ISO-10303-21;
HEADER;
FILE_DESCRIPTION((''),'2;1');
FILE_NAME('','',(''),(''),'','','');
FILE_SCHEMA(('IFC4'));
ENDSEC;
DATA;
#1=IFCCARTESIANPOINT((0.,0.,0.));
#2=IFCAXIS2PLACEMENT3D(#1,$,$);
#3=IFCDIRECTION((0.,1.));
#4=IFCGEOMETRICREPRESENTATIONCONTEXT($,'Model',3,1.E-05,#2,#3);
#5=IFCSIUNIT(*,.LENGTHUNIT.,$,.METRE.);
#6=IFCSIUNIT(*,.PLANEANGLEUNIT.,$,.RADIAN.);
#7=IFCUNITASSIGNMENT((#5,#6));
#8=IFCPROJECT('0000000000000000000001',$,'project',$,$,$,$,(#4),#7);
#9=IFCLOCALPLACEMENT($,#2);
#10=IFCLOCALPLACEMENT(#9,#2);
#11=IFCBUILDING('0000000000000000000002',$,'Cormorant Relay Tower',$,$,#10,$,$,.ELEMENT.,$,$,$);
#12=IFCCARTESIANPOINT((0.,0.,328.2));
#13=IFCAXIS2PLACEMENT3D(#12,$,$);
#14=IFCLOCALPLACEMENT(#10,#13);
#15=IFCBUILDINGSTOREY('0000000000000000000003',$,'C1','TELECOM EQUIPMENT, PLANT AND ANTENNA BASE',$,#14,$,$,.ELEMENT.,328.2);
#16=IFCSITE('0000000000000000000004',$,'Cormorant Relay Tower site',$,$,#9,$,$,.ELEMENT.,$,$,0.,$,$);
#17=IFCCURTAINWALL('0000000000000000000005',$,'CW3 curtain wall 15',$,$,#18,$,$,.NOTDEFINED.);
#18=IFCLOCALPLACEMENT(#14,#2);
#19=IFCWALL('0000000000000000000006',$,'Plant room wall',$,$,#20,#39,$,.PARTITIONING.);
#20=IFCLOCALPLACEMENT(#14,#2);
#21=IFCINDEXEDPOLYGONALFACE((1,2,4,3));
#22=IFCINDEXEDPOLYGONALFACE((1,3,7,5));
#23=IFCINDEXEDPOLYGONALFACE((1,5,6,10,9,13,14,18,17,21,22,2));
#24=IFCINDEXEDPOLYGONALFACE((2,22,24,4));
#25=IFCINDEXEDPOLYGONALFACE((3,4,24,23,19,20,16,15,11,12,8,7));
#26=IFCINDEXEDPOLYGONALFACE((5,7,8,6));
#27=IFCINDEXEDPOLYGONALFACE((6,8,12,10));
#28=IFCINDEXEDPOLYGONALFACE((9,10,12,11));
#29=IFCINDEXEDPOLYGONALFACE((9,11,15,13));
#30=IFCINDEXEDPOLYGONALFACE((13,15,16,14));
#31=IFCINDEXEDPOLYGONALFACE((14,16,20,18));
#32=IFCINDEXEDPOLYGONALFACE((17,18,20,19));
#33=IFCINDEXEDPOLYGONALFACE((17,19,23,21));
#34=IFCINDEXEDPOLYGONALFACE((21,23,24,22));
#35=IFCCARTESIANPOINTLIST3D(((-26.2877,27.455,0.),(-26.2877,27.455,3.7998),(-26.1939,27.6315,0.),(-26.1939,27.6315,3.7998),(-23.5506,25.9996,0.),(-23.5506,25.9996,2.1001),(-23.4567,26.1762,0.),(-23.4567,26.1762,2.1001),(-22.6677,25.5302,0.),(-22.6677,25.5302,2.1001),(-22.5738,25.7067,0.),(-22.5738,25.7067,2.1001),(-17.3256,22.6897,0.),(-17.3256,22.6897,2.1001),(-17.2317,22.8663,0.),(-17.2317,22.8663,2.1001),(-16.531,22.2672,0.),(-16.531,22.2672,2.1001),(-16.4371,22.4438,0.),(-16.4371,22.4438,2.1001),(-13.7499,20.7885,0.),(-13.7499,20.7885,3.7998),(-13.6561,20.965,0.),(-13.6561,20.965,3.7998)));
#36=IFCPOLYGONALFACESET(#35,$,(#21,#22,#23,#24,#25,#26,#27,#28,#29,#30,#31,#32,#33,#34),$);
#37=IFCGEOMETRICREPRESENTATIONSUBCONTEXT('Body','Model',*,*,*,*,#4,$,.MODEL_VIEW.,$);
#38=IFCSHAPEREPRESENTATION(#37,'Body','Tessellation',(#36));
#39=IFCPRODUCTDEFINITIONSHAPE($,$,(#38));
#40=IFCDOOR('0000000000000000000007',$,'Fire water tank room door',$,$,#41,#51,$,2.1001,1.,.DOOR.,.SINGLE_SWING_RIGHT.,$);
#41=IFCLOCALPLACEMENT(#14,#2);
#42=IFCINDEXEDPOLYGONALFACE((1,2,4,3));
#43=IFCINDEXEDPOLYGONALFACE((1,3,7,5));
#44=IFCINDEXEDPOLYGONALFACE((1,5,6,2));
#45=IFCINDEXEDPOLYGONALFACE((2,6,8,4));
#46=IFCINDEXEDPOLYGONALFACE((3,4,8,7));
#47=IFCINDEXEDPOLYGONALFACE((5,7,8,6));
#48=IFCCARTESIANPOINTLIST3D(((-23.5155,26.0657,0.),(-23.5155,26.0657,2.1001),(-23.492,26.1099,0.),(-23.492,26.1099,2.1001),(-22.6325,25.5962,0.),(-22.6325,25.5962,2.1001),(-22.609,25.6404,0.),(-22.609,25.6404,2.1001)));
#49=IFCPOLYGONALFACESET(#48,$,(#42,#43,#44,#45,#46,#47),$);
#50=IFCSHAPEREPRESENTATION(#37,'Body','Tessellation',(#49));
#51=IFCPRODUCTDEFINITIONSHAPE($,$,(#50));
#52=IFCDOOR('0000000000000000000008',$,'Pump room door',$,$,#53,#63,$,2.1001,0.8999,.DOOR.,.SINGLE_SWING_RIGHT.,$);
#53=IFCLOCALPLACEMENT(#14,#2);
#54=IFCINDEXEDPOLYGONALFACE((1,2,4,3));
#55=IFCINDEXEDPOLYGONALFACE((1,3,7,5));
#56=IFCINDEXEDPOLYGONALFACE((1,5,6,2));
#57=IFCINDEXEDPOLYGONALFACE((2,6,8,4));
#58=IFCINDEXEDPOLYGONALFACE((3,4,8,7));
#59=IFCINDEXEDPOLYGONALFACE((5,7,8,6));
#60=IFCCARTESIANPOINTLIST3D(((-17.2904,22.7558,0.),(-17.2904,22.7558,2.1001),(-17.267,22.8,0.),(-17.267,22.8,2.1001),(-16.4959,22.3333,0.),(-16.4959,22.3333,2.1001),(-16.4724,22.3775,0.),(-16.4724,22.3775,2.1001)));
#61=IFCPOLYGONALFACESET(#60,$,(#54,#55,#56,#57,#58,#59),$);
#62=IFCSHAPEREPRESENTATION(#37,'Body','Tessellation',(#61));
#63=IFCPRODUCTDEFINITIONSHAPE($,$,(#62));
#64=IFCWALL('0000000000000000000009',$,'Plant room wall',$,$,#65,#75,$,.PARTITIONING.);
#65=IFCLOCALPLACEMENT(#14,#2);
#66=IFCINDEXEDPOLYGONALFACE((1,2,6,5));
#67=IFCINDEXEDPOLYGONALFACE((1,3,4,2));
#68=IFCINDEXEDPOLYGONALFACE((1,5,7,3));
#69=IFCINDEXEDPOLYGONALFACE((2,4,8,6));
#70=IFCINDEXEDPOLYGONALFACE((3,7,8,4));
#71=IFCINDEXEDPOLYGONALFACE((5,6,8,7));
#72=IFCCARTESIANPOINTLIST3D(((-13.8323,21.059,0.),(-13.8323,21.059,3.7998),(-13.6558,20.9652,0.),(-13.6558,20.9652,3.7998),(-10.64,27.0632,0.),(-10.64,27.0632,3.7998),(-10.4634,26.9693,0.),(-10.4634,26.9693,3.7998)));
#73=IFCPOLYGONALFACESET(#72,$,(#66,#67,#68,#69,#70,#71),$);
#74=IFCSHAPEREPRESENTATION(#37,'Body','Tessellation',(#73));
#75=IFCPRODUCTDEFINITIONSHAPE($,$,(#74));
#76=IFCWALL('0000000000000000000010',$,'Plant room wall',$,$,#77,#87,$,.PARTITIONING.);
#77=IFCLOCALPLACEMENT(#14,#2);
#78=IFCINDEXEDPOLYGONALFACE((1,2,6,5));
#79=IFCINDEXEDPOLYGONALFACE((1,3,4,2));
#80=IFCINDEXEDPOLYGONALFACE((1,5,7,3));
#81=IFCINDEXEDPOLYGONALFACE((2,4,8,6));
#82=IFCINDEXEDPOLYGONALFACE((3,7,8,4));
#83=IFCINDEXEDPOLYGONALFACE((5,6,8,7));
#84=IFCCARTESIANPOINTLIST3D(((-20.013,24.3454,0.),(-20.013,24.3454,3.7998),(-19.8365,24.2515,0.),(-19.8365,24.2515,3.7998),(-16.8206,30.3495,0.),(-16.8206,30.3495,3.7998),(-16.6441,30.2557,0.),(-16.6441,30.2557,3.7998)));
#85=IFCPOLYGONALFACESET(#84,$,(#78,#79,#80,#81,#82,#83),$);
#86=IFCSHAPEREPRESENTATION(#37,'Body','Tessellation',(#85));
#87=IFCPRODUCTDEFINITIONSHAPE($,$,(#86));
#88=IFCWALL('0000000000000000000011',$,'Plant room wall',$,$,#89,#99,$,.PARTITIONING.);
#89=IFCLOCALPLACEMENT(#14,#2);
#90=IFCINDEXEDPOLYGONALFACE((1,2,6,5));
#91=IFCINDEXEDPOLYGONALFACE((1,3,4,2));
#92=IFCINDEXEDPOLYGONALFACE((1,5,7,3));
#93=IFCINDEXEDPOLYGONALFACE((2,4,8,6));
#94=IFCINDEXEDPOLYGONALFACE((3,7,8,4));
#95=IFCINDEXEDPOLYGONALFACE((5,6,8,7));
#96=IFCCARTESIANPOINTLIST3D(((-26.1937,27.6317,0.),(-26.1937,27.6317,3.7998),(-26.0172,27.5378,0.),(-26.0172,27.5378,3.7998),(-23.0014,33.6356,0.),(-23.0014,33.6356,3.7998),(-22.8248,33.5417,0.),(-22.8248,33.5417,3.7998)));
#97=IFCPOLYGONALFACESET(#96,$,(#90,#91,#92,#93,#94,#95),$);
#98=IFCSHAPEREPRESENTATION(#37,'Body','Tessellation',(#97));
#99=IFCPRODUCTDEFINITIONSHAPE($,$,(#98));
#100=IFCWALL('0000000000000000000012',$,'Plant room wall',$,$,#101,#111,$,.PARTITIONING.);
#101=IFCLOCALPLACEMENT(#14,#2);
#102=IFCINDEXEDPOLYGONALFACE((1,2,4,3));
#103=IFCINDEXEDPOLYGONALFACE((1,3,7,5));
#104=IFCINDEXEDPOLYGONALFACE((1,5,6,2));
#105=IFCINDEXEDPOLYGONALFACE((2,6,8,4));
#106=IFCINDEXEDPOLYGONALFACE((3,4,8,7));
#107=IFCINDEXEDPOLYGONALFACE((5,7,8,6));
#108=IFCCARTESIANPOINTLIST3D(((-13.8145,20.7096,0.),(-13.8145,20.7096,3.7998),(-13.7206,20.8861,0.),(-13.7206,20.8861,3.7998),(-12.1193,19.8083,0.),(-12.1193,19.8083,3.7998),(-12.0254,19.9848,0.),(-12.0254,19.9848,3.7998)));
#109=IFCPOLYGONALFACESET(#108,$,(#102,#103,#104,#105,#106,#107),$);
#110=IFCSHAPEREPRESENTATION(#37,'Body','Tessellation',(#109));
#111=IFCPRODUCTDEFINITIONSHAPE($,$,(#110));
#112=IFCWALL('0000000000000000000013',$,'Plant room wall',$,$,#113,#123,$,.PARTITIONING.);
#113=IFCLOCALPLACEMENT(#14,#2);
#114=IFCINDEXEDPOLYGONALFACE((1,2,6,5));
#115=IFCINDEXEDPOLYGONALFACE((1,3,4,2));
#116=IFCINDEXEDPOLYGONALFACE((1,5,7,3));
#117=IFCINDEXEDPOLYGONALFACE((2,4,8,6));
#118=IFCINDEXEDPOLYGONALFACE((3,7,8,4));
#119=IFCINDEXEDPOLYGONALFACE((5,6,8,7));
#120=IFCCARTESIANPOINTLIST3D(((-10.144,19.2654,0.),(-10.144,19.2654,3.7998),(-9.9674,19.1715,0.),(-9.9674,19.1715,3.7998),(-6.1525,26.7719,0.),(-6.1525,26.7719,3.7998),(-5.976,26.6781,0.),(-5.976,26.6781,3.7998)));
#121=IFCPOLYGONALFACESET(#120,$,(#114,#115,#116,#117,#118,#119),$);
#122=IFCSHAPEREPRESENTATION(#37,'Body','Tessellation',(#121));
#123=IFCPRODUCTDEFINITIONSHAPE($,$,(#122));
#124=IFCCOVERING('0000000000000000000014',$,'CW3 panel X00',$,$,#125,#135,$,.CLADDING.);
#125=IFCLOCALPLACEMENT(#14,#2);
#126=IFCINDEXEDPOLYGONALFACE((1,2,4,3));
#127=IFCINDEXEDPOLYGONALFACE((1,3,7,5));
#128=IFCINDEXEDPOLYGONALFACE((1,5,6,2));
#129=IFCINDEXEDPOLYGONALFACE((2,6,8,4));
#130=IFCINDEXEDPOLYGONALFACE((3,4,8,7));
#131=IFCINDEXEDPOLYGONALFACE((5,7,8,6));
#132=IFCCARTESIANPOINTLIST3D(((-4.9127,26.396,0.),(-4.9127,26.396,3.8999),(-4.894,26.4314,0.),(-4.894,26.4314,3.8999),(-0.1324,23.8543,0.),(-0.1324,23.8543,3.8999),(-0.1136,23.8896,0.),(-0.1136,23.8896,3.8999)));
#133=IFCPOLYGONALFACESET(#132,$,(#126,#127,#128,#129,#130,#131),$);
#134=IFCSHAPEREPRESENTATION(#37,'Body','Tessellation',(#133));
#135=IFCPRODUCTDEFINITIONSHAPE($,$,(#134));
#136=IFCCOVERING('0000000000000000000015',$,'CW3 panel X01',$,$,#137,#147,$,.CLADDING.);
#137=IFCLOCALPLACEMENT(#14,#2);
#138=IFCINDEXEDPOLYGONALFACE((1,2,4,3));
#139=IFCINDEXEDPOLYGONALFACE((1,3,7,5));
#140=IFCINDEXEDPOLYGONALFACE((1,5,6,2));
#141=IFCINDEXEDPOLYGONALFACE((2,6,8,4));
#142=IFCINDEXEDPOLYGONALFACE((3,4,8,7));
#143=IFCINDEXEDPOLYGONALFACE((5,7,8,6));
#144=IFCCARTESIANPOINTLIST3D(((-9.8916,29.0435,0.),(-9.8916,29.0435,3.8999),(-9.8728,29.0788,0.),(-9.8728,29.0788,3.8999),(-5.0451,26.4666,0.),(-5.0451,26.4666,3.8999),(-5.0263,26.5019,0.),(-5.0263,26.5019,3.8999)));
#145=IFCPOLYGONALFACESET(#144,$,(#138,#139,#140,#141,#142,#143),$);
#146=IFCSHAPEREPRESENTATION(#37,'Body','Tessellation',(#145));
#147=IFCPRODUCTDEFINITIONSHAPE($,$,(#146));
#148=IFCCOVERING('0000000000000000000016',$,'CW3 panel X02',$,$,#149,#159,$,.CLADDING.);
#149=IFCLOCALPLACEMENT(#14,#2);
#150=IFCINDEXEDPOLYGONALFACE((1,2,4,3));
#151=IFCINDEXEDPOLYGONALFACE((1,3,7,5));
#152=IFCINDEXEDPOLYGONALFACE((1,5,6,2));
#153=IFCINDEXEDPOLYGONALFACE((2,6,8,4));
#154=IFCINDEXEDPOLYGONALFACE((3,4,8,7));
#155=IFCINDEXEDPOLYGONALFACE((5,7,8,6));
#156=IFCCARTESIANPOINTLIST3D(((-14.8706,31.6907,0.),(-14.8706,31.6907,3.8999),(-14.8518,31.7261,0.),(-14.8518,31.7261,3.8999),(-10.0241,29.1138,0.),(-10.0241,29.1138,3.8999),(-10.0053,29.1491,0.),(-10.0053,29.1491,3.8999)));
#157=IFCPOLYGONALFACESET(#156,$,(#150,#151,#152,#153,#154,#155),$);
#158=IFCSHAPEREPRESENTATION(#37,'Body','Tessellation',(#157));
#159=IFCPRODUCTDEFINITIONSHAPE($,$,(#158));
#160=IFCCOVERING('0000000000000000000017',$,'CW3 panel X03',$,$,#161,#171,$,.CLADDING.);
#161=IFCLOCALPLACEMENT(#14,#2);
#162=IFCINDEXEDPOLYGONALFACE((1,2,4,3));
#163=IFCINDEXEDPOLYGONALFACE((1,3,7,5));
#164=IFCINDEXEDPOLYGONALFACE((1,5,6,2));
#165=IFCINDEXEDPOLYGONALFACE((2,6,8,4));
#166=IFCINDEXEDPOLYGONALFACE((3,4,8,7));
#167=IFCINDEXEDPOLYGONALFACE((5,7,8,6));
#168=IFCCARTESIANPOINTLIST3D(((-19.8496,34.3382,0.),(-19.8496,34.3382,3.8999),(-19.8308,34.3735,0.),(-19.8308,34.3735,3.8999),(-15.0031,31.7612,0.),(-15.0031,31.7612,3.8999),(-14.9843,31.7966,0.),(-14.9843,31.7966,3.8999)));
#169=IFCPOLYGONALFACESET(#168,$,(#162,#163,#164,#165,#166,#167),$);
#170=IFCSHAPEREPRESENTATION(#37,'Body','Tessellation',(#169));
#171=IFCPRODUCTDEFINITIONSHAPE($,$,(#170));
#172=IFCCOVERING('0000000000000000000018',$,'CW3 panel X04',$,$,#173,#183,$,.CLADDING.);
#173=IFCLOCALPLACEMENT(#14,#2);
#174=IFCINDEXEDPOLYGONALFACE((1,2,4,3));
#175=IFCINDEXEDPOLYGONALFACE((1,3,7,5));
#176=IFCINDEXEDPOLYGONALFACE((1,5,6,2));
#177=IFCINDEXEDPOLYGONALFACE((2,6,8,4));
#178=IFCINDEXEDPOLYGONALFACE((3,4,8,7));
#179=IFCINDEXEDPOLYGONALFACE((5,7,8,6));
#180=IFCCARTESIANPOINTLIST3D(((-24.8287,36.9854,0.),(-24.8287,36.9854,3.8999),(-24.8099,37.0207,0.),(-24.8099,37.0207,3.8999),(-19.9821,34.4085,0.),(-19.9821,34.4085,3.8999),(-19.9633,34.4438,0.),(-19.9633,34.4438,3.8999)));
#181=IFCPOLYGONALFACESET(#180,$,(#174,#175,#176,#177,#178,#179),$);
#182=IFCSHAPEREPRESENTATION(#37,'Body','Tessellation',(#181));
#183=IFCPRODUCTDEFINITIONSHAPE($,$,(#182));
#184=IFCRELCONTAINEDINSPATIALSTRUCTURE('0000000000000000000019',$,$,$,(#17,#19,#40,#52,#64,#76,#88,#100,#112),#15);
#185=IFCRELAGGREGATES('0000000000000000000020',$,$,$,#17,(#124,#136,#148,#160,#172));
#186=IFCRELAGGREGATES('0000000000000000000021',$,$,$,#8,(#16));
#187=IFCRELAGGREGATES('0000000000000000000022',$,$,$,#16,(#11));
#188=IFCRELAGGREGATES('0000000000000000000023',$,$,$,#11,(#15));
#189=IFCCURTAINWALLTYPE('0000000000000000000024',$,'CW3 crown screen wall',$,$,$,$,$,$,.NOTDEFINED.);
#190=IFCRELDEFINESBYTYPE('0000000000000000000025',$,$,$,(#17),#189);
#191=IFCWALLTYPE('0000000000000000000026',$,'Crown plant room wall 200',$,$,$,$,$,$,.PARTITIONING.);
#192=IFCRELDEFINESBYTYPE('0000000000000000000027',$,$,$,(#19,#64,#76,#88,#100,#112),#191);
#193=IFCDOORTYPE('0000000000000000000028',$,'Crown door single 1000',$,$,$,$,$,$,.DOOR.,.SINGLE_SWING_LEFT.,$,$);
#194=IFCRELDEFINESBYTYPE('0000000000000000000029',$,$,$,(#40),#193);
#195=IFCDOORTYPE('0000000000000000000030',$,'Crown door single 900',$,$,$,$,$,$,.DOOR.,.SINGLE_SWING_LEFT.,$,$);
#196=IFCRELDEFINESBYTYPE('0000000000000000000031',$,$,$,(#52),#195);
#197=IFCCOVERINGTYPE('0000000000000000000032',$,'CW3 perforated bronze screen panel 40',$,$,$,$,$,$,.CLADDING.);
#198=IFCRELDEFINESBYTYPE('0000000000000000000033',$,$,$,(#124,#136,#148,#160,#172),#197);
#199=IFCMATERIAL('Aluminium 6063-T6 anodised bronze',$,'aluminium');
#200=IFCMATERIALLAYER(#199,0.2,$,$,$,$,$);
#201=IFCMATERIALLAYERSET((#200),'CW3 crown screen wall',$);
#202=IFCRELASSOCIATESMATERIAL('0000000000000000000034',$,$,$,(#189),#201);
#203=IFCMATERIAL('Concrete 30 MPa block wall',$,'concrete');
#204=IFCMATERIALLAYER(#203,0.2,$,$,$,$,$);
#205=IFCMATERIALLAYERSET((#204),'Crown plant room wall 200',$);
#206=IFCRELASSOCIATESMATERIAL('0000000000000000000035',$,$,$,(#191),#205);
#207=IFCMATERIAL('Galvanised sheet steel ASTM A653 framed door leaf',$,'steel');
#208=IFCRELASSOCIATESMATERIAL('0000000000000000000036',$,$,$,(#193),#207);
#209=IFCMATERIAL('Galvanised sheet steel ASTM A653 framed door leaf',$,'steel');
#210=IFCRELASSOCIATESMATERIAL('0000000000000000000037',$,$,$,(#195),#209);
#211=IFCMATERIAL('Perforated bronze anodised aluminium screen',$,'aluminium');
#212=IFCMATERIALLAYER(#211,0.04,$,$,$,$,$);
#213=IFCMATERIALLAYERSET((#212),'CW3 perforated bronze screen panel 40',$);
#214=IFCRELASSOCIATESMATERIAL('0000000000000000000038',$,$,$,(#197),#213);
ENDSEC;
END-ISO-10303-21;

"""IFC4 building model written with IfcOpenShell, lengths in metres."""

from ifc_helpers import new_model, si_unit, direction, frame, frame_2d, origin, origin_2d, place, context, subcontext, project, spatial, rectangle, extrude, material, layer, layer_set, type_object, element, fill, aggregate, save


model = new_model("IFC4")

# Units and contexts
model_context = context("Model", 3, precision=1e-05, world=origin(), true_north=direction((0.0, 1.0)))
body_context = subcontext(model_context, "Body", "Model", "MODEL_VIEW")
ifc_project = project(units=[si_unit("LENGTHUNIT", "METRE"), si_unit("PLANEANGLEUNIT", "RADIAN")], contexts=[model_context])

# Site, building, storey
site_placement = place(None, origin())
site = spatial("IfcSite", under=ifc_project, at=site_placement, Name="Cormorant Relay Tower site", CompositionType="ELEMENT", RefElevation=0.0)
building_placement = place(site_placement, origin())
building = spatial("IfcBuilding", under=site, at=building_placement, Name="Cormorant Relay Tower", CompositionType="ELEMENT")
storey_placement = place(building_placement, frame((0.0, 0.0, 328.2)))
storey = spatial("IfcBuildingStorey", under=building, at=storey_placement, Name="C1", Description="TELECOM EQUIPMENT, PLANT AND ANTENNA BASE", CompositionType="ELEMENT", Elevation=328.2)

# Curtain wall
ifc_material_1 = material(Name="Aluminium 6063-T6 anodised bronze", Category="aluminium")
ifc_layer_1 = layer(ifc_material_1, 0.2)
ifc_layer_set_1 = layer_set([ifc_layer_1], Name="CW3 crown screen wall")
curtain_wall_type = type_object("IfcCurtainWallType", Name="CW3 crown screen wall", PredefinedType="NOTDEFINED", material=ifc_layer_set_1)
curtain_wall_placement = place(storey_placement, origin())
curtain_wall = element("IfcCurtainWall", 1, at=curtain_wall_placement, inside=storey, type_object=curtain_wall_type, Name="CW3 curtain wall 15", PredefinedType="NOTDEFINED")

# Shared definitions
ifc_material_2 = material(Name="Concrete 30 MPa block wall", Category="concrete")
ifc_layer_2 = layer(ifc_material_2, 0.2)
ifc_layer_set_2 = layer_set([ifc_layer_2], Name="Crown plant room wall 200")
wall_type_1 = type_object("IfcWallType", Name="Crown plant room wall 200", PredefinedType="PARTITIONING", material=ifc_layer_set_2)

# Wall, openings, doors
wall_1_placement = place(storey_placement, frame((-13.7029, 20.8767, 0.0), z_axis=(0.0, 0.0, 1.0), x_axis=(-0.882947, 0.469472, 0.0)))
wall_1 = element("IfcWall", 2, at=wall_1_placement, inside=storey, type_object=wall_type_1, Name="Plant room wall", PredefinedType="PARTITIONING", context=body_context, shape_type="SweptSolid", body=[
    extrude(rectangle(XDim=14.2, YDim=0.2, at=frame_2d((7.1001, 0.0))), origin(), (0.0, 0.0, 1.0), 3.7998),
])
opening_1_placement = place(wall_1_placement, frame((3.1499, 0.0, 0.0)))
opening_1 = element("IfcOpeningElement", 3, at=opening_1_placement, cuts=wall_1, PredefinedType="OPENING", context=body_context, shape_type="SweptSolid", body=[
    extrude(rectangle(XDim=0.8999, YDim=2.1001, at=frame_2d((0.45, 1.05))), frame((0.0, 0.1099, 0.0), z_axis=(0.0, -1.0, 0.0), x_axis=(1.0, 0.0, 0.0)), (0.0, 0.0, 1.0), 0.22),
])
opening_2_placement = place(wall_1_placement, frame((10.1001, 0.0, 0.0)))
opening_2 = element("IfcOpeningElement", 4, at=opening_2_placement, cuts=wall_1, PredefinedType="OPENING", context=body_context, shape_type="SweptSolid", body=[
    extrude(rectangle(XDim=1.0, YDim=2.1001, at=frame_2d((0.5, 1.05))), frame((0.0, 0.1099, 0.0), z_axis=(0.0, -1.0, 0.0), x_axis=(1.0, 0.0, 0.0)), (0.0, 0.0, 1.0), 0.22),
])
ifc_material_3 = material(Name="Galvanised sheet steel ASTM A653 framed door leaf", Category="steel")
door_type_1 = type_object("IfcDoorType", Name="Crown door single 1000", OperationType="SINGLE_SWING_LEFT", PredefinedType="DOOR", material=ifc_material_3)
door_1_placement = place(opening_2_placement, frame((1.0, 0.0, 0.0), z_axis=(0.0, 0.0, 1.0), x_axis=(-1.0, 0.0, 0.0)))
door_1 = element("IfcDoor", 5, at=door_1_placement, inside=storey, type_object=door_type_1, Name="Fire water tank room door", OperationType="SINGLE_SWING_RIGHT", OverallHeight=2.1001, OverallWidth=1.0, PredefinedType="DOOR", context=body_context, shape_type="SweptSolid", body=[
    extrude(rectangle(XDim=1.0, YDim=2.1001, at=frame_2d((0.5, 1.05))), frame((0.0, 0.0249, 0.0), z_axis=(0.0, -1.0, 0.0), x_axis=(1.0, 0.0, 0.0)), (0.0, 0.0, 1.0), 0.05),
])
fill(opening_2, door_1)
ifc_material_4 = material(Name="Galvanised sheet steel ASTM A653 framed door leaf", Category="steel")
door_type_2 = type_object("IfcDoorType", Name="Crown door single 900", OperationType="SINGLE_SWING_LEFT", PredefinedType="DOOR", material=ifc_material_4)
door_2_placement = place(opening_1_placement, frame((0.8999, 0.0, 0.0), z_axis=(0.0, 0.0, 1.0), x_axis=(-1.0, 0.0, 0.0)))
door_2 = element("IfcDoor", 6, at=door_2_placement, inside=storey, type_object=door_type_2, Name="Pump room door", OperationType="SINGLE_SWING_RIGHT", OverallHeight=2.1001, OverallWidth=0.8999, PredefinedType="DOOR", context=body_context, shape_type="SweptSolid", body=[
    extrude(rectangle(XDim=0.8999, YDim=2.1001, at=frame_2d((0.45, 1.05))), frame((0.0, 0.0249, 0.0), z_axis=(0.0, -1.0, 0.0), x_axis=(1.0, 0.0, 0.0)), (0.0, 0.0, 1.0), 0.05),
])
fill(opening_1, door_2)

# Walls
for number, where, z_axis, x_axis, name in (
    (7, (-10.5518, 27.0161, 0.0), (0.0, 0.0, 1.0), (-0.469462, -0.882953, 0.0), "Plant room wall"),
    (8, (-16.7324, 30.3025, 0.0), (0.0, 0.0, 1.0), (-0.469462, -0.882953, 0.0), "Plant room wall"),
):
    element("IfcWall", number, at=place(storey_placement, frame(where, z_axis=z_axis, x_axis=x_axis)), inside=storey, type_object=wall_type_1, Name=name, PredefinedType="PARTITIONING", context=body_context, shape_type="SweptSolid", body=[
        extrude(rectangle(XDim=6.8, YDim=0.2, at=frame_2d((3.3999, 0.0))), origin(), (0.0, 0.0, 1.0), 3.7998),
    ])
wall_2_placement = place(storey_placement, frame((-22.9131, 33.5886, 0.0), z_axis=(0.0, 0.0, 1.0), x_axis=(-0.469477, -0.882945, 0.0)))
element("IfcWall", 9, at=wall_2_placement, inside=storey, type_object=wall_type_1, Name="Plant room wall", PredefinedType="PARTITIONING", context=body_context, shape_type="SweptSolid", body=[
    extrude(rectangle(XDim=6.7998, YDim=0.2, at=frame_2d((3.3999, 0.0))), origin(), (0.0, 0.0, 1.0), 3.7998),
])
wall_3_placement = place(storey_placement, frame((-13.7676, 20.7979, 0.0), z_axis=(0.0, 0.0, 1.0), x_axis=(0.882958, -0.469453, 0.0)))
element("IfcWall", 10, at=wall_3_placement, inside=storey, type_object=wall_type_1, Name="Plant room wall", PredefinedType="PARTITIONING", context=body_context, shape_type="SweptSolid", body=[
    extrude(rectangle(XDim=1.9199, YDim=0.2, at=frame_2d((0.96, 0.0))), origin(), (0.0, 0.0, 1.0), 3.7998),
])
wall_4_placement = place(storey_placement, frame((-6.0642, 26.7251, 0.0), z_axis=(0.0, 0.0, 1.0), x_axis=(-0.469483, -0.882941, 0.0)))
element("IfcWall", 11, at=wall_4_placement, inside=storey, type_object=wall_type_1, Name="Plant room wall", PredefinedType="PARTITIONING", context=body_context, shape_type="SweptSolid", body=[
    extrude(rectangle(XDim=8.5017, YDim=0.2, at=frame_2d((4.251, 0.0))), origin(), (0.0, 0.0, 1.0), 3.7998),
])

# Coverings
ifc_material_5 = material(Name="Perforated bronze anodised aluminium screen", Category="aluminium")
ifc_layer_3 = layer(ifc_material_5, 0.04)
ifc_layer_set_3 = layer_set([ifc_layer_3], Name="CW3 perforated bronze screen panel 40")
covering_type = type_object("IfcCoveringType", Name="CW3 perforated bronze screen panel 40", PredefinedType="CLADDING", material=ifc_layer_set_3)
covering_1_placement = place(storey_placement, frame((-2.5132, 25.1428, 0.0), z_axis=(0.0, 0.0, 1.0), x_axis=(-0.882948, 0.469472, 0.0)))
covering_1 = element("IfcCovering", 12, at=covering_1_placement, type_object=covering_type, Name="CW3 panel X00", PredefinedType="CLADDING", context=body_context, shape_type="SweptSolid", body=[
    extrude(rectangle(XDim=5.4141, YDim=0.04, at=origin_2d()), origin(), (0.0, 0.0, 1.0), 3.8999),
])
covering_2_placement = place(storey_placement, frame((-7.459, 27.7727, 0.0), z_axis=(0.0, 0.0, 1.0), x_axis=(-0.882948, 0.469472, 0.0)))
covering_2 = element("IfcCovering", 13, at=covering_2_placement, type_object=covering_type, Name="CW3 panel X01", PredefinedType="CLADDING", context=body_context, shape_type="SweptSolid", body=[
    extrude(rectangle(XDim=5.489, YDim=0.04, at=origin_2d()), origin(), (0.0, 0.0, 1.0), 3.8999),
])
covering_3_placement = place(storey_placement, frame((-12.438, 30.4199, 0.0), z_axis=(0.0, 0.0, 1.0), x_axis=(-0.882948, 0.469472, 0.0)))
covering_3 = element("IfcCovering", 14, at=covering_3_placement, type_object=covering_type, Name="CW3 panel X02", PredefinedType="CLADDING", context=body_context, shape_type="SweptSolid", body=[
    extrude(rectangle(XDim=5.489, YDim=0.04, at=origin_2d()), origin(), (0.0, 0.0, 1.0), 3.8999),
])
covering_4_placement = place(storey_placement, frame((-17.417, 33.0674, 0.0), z_axis=(0.0, 0.0, 1.0), x_axis=(-0.882948, 0.469472, 0.0)))
covering_4 = element("IfcCovering", 15, at=covering_4_placement, type_object=covering_type, Name="CW3 panel X03", PredefinedType="CLADDING", context=body_context, shape_type="SweptSolid", body=[
    extrude(rectangle(XDim=5.489, YDim=0.04, at=origin_2d()), origin(), (0.0, 0.0, 1.0), 3.8999),
])
covering_5_placement = place(storey_placement, frame((-22.396, 35.7146, 0.0), z_axis=(0.0, 0.0, 1.0), x_axis=(-0.882948, 0.469472, 0.0)))
covering_5 = element("IfcCovering", 16, at=covering_5_placement, type_object=covering_type, Name="CW3 panel X04", PredefinedType="CLADDING", context=body_context, shape_type="SweptSolid", body=[
    extrude(rectangle(XDim=5.489, YDim=0.04, at=origin_2d()), origin(), (0.0, 0.0, 1.0), 3.8999),
])
aggregate(curtain_wall, [covering_1, covering_2, covering_3, covering_4, covering_5])

save(model, "model.ifc")
